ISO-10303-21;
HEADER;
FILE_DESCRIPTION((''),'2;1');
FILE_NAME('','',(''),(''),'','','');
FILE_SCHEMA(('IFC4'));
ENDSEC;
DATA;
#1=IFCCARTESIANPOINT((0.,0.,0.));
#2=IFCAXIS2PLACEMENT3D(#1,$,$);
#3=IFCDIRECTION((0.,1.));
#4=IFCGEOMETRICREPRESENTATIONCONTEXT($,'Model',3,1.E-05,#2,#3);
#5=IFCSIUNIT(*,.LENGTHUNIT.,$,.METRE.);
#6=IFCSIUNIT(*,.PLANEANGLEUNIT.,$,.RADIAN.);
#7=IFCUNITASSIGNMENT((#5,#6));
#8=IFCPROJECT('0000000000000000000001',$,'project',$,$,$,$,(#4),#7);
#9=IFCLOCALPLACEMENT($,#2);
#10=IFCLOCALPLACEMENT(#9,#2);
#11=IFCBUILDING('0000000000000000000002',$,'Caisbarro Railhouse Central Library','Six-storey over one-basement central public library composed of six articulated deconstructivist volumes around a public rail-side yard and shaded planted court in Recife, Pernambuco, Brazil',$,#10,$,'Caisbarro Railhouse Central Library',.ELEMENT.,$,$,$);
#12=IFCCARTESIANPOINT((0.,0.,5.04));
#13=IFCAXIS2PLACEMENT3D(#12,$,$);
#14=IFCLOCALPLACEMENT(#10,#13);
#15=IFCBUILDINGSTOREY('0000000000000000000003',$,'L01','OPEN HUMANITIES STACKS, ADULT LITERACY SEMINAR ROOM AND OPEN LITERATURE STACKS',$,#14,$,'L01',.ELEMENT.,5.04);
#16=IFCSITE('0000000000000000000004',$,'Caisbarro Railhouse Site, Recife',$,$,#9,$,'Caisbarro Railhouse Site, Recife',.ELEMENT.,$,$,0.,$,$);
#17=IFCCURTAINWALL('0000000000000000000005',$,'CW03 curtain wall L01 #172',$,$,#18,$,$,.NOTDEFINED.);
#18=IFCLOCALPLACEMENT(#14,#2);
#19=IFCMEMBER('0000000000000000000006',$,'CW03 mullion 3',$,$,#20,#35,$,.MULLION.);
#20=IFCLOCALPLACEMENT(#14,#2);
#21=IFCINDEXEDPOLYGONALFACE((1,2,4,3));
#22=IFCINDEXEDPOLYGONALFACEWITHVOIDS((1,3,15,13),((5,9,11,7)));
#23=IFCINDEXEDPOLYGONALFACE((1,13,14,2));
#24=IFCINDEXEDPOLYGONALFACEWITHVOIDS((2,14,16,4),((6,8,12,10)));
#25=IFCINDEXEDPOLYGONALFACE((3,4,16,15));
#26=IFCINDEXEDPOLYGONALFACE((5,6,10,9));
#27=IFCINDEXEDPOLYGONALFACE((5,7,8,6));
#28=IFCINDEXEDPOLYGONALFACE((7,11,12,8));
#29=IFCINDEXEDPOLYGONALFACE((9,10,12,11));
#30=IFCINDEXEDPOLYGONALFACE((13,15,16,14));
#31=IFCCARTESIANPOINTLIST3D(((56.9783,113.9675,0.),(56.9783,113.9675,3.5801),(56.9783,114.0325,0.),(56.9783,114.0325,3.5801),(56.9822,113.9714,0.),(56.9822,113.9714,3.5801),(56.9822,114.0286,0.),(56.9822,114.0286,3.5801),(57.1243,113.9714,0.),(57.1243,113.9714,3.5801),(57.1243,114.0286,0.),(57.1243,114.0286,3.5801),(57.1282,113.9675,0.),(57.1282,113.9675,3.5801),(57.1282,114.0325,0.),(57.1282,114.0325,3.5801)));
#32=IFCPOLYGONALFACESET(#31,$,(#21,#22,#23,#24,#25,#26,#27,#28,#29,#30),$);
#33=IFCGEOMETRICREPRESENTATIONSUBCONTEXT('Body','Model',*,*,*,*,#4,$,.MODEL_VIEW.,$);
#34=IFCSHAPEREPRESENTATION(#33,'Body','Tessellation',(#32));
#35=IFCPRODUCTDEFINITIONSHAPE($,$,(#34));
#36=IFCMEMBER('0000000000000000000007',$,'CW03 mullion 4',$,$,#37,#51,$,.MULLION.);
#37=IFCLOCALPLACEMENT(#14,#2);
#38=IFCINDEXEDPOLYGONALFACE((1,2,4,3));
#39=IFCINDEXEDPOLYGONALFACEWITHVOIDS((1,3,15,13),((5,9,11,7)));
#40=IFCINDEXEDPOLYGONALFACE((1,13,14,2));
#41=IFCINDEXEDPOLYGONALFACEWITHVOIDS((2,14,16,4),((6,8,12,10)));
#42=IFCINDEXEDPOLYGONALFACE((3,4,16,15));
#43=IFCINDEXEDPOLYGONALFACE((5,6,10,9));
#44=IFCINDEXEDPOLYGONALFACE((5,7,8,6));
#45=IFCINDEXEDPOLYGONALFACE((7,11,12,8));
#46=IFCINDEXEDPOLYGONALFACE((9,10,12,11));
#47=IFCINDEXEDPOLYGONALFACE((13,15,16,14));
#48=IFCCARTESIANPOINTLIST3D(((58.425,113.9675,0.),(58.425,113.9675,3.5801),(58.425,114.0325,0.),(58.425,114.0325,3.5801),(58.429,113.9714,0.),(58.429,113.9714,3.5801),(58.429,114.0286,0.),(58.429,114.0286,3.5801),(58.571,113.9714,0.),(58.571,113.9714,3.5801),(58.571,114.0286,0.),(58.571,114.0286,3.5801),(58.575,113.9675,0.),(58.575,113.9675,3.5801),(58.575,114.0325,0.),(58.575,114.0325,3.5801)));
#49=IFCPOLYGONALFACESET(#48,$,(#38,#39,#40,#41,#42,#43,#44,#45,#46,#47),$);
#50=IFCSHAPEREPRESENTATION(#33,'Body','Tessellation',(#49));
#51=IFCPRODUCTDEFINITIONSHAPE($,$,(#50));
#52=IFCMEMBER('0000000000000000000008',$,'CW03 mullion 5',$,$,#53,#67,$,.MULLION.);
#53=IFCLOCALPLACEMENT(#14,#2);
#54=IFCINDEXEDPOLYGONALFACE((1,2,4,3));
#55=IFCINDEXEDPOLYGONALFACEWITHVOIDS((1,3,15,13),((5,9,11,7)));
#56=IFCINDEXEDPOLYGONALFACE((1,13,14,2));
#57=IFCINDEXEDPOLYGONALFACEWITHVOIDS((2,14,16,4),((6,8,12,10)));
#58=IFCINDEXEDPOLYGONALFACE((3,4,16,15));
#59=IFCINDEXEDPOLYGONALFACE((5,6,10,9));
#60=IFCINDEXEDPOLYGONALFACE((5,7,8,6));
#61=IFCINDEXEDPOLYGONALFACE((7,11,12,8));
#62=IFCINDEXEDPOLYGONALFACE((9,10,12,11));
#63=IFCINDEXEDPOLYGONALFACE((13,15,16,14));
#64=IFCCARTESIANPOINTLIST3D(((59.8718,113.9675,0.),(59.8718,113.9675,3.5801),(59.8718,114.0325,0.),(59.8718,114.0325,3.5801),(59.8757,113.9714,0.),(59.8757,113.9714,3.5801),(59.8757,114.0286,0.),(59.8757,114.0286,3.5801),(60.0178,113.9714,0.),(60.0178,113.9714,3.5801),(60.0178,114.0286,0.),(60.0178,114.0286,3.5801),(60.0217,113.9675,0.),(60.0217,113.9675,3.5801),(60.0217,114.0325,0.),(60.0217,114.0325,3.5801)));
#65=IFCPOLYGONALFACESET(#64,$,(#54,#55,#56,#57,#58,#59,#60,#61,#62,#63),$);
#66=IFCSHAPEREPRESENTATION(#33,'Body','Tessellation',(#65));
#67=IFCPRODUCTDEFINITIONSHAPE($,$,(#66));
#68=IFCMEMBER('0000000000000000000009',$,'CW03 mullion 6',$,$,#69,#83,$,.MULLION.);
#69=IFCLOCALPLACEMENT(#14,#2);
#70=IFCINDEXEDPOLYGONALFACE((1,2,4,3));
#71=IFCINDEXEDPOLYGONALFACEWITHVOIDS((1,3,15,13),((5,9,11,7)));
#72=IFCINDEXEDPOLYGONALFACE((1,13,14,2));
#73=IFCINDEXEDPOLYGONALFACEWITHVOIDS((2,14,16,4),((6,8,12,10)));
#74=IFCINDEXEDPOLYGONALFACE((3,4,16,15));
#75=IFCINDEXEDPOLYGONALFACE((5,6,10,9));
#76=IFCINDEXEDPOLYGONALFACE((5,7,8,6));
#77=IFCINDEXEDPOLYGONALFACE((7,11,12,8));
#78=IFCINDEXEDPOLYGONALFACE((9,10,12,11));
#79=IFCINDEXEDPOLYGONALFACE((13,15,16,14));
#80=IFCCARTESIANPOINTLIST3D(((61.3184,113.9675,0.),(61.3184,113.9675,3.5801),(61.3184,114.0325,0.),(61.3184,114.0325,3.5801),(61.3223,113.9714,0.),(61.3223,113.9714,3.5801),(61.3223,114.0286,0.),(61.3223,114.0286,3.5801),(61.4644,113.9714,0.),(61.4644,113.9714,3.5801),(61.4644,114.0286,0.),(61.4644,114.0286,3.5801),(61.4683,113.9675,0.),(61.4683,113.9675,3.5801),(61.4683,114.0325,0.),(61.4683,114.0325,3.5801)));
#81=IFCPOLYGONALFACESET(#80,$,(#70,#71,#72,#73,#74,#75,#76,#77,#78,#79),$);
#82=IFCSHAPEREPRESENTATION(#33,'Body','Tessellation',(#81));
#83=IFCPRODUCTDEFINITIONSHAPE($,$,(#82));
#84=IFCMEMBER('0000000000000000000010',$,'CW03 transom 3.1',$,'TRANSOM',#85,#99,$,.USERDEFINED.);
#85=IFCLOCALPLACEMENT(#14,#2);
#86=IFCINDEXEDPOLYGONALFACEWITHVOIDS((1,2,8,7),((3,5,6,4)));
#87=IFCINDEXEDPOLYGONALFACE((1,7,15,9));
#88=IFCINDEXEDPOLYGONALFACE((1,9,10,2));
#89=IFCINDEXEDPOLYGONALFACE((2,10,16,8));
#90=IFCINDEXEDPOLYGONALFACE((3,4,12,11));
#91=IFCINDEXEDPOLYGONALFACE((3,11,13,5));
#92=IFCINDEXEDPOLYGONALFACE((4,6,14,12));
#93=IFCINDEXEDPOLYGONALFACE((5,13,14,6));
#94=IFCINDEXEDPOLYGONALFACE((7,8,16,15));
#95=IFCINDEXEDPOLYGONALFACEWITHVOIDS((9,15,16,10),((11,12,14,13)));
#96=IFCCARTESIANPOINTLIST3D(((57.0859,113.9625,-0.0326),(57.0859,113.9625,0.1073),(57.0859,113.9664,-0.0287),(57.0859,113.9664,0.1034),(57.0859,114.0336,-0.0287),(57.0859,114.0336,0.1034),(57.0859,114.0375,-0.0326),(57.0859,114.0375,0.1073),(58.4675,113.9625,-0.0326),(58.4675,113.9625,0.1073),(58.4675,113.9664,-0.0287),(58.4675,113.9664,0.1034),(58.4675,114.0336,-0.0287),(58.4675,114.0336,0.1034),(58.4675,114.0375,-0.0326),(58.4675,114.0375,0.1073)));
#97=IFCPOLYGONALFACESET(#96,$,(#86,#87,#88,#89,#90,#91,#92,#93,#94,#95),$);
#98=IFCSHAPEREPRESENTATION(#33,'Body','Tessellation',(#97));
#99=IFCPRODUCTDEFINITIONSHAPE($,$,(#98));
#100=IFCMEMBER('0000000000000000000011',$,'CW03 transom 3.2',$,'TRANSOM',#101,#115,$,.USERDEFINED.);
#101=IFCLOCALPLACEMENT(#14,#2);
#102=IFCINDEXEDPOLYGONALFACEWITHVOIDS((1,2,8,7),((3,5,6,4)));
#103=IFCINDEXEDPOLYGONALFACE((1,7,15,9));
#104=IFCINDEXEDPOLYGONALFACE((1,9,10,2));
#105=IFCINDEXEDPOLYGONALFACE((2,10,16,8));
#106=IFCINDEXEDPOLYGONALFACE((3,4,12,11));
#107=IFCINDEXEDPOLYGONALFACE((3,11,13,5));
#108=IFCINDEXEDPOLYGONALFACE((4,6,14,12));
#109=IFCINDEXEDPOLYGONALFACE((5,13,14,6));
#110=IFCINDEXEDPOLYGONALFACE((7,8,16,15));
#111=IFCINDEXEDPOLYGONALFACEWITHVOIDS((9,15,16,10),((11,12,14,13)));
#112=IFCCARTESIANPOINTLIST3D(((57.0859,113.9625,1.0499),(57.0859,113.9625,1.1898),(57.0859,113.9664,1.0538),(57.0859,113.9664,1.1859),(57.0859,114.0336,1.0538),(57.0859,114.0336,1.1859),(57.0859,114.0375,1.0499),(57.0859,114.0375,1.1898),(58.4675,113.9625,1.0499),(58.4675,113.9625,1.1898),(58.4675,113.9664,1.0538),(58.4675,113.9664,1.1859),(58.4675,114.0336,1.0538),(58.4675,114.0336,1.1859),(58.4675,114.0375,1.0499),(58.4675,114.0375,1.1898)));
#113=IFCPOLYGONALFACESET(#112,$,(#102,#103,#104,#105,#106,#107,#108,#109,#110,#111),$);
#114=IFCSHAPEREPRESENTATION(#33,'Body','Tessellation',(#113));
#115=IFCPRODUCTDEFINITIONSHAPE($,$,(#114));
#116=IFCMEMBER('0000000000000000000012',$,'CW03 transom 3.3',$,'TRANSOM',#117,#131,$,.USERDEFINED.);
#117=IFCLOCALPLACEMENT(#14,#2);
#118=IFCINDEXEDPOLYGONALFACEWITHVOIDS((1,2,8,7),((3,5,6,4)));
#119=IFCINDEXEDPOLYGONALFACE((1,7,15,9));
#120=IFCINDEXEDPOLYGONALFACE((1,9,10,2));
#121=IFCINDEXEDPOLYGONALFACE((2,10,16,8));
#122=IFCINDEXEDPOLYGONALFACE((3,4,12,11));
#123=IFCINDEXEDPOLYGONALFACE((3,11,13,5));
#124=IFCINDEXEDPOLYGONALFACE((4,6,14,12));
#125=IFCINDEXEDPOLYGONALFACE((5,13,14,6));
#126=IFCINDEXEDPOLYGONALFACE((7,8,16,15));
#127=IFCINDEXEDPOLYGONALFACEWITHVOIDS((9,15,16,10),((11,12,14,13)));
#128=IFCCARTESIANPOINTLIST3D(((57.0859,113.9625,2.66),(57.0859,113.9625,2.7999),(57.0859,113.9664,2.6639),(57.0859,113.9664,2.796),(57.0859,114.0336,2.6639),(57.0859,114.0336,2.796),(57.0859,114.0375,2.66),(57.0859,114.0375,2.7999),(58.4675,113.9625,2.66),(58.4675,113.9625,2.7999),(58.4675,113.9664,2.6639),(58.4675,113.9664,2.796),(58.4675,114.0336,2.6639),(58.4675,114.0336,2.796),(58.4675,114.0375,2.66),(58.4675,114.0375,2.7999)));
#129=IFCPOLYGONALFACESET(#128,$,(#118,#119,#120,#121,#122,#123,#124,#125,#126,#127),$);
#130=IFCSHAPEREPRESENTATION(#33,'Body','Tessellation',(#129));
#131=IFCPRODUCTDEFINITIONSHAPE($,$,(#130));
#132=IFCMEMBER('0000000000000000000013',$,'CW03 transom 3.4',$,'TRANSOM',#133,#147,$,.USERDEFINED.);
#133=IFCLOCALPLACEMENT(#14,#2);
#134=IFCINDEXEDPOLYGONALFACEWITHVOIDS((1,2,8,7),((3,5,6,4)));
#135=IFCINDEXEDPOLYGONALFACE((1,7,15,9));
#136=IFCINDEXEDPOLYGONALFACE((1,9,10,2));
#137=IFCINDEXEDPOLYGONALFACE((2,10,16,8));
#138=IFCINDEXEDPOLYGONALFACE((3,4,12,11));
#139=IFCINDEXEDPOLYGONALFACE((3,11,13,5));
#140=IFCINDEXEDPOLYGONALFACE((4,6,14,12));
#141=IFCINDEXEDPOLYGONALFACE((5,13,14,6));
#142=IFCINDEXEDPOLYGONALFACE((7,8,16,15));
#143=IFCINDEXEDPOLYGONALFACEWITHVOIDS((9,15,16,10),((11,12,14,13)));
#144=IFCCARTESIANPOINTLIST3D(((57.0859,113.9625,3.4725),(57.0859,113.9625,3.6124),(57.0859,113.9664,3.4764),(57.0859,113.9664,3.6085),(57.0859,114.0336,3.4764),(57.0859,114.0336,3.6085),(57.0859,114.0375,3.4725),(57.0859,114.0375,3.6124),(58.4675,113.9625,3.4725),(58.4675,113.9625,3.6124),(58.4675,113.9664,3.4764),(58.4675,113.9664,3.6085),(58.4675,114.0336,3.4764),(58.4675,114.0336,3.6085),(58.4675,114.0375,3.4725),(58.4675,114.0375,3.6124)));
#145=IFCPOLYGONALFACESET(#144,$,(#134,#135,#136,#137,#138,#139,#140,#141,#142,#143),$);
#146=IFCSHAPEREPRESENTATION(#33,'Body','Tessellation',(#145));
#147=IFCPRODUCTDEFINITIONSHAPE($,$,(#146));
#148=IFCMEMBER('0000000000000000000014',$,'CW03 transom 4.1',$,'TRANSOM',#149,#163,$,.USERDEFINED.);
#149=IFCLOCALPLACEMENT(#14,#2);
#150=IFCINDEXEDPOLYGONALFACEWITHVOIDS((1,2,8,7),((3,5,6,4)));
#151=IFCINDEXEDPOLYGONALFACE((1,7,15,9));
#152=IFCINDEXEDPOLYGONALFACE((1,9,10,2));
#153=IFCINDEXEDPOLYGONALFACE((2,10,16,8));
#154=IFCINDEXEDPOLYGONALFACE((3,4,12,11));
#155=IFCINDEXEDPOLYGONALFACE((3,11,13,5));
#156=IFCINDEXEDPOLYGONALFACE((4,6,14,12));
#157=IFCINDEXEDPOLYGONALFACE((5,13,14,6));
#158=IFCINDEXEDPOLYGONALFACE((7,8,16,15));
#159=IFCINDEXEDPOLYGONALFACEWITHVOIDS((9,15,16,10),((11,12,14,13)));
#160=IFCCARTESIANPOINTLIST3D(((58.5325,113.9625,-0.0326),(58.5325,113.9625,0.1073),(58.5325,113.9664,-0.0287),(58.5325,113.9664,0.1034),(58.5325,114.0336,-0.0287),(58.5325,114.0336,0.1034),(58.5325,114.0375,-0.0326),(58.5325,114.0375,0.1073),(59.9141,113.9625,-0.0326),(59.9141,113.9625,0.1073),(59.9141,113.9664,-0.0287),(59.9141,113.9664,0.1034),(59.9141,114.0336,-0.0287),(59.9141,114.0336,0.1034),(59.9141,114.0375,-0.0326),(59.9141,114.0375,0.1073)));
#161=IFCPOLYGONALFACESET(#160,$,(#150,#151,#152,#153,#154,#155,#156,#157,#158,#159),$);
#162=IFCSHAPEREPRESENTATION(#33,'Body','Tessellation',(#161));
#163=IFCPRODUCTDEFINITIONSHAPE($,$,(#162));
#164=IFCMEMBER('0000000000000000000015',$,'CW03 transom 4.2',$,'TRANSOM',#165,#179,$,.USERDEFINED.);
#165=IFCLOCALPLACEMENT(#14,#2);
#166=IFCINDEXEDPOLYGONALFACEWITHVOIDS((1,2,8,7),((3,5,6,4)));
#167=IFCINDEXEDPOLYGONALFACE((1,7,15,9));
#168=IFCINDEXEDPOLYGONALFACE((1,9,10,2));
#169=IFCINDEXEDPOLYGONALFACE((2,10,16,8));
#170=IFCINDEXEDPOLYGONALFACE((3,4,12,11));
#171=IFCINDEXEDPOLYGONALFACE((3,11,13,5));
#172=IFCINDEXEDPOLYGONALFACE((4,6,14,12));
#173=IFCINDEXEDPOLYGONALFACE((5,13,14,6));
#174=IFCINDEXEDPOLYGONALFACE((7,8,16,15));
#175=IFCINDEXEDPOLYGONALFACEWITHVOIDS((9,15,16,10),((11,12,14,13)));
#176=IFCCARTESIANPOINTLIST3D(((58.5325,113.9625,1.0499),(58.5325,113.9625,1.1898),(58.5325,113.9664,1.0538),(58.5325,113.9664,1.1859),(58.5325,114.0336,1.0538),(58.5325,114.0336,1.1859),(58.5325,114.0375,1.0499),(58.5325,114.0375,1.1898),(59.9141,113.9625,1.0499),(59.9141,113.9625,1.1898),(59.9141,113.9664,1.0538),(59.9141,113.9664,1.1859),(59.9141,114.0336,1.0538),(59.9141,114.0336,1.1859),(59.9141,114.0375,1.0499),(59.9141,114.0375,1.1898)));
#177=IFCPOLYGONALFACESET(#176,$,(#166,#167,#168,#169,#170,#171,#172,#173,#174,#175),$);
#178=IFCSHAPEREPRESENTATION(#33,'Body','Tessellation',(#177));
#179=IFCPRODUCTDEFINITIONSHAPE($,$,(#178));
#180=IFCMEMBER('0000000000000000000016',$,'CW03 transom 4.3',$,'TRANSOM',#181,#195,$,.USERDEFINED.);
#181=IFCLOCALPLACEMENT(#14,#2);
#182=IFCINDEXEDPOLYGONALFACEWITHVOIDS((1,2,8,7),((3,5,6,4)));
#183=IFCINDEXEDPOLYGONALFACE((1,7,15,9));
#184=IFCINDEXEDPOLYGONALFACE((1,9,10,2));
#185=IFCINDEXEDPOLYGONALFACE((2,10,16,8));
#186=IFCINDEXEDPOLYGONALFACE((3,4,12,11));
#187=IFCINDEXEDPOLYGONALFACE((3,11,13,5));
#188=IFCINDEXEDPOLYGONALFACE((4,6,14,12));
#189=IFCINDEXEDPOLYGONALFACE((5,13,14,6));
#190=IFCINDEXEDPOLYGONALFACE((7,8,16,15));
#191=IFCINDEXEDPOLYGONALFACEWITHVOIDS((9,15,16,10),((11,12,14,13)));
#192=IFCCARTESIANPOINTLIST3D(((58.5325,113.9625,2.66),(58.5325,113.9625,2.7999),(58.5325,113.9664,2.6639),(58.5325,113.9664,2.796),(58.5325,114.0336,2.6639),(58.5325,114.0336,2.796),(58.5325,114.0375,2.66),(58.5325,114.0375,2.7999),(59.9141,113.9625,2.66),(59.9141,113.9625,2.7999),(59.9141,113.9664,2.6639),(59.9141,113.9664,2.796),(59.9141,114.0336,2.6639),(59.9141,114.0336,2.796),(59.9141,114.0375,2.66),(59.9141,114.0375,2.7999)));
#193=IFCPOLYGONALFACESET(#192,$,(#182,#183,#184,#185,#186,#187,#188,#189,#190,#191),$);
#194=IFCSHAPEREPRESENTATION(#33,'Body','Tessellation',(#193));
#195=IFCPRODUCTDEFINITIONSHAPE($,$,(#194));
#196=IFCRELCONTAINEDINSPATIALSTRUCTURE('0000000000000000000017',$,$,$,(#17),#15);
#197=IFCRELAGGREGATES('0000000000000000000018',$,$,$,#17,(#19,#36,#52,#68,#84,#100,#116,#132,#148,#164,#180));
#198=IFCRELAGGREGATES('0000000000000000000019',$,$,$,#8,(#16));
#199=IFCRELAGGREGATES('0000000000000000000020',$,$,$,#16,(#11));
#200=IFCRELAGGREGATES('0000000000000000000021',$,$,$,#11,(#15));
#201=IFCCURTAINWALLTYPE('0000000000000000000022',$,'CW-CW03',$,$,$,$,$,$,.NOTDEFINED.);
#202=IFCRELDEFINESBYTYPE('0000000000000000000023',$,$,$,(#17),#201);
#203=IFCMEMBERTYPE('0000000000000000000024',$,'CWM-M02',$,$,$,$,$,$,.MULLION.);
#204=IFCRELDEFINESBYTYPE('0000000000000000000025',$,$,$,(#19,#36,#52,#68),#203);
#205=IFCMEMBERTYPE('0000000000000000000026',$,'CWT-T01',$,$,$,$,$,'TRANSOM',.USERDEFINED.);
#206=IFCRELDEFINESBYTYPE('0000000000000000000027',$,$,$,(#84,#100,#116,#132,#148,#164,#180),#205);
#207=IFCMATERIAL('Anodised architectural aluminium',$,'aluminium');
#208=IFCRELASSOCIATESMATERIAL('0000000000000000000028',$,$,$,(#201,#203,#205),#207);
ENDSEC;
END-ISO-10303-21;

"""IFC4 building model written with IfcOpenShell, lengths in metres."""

from ifc_helpers import new_model, si_unit, direction, frame, origin, origin_2d, place, context, subcontext, project, spatial, hollow_rectangle, extrude, material, material_profile, profile_set, type_object, element, aggregate, save


model = new_model("IFC4")

# Units and contexts
model_context = context("Model", 3, precision=1e-05, world=origin(), true_north=direction((0.0, 1.0)))
body_context = subcontext(model_context, "Body", "Model", "MODEL_VIEW")
ifc_project = project(units=[si_unit("LENGTHUNIT", "METRE"), si_unit("PLANEANGLEUNIT", "RADIAN")], contexts=[model_context])

# Site, building, storey
site_placement = place(None, origin())
site = spatial("IfcSite", under=ifc_project, at=site_placement, Name="Caisbarro Railhouse Site, Recife", LongName="Caisbarro Railhouse Site, Recife", CompositionType="ELEMENT", RefElevation=0.0)
building_placement = place(site_placement, origin())
building = spatial("IfcBuilding", under=site, at=building_placement, Name="Caisbarro Railhouse Central Library", Description="Six-storey over one-basement central public library composed of six articulated deconstructivist volumes around a public rail-side yard and shaded planted court in Recife, Pernambuco, Brazil", LongName="Caisbarro Railhouse Central Library", CompositionType="ELEMENT")
storey_placement = place(building_placement, frame((0.0, 0.0, 5.04)))
storey = spatial("IfcBuildingStorey", under=building, at=storey_placement, Name="L01", Description="OPEN HUMANITIES STACKS, ADULT LITERACY SEMINAR ROOM AND OPEN LITERATURE STACKS", LongName="L01", CompositionType="ELEMENT", Elevation=5.04)

# Curtain wall, members
ifc_material_1 = material(Name="Anodised architectural aluminium", Category="aluminium")
curtain_wall_type = type_object("IfcCurtainWallType", Name="CW-CW03", PredefinedType="NOTDEFINED", material=ifc_material_1)
curtain_wall_placement = place(storey_placement, origin())
curtain_wall = element("IfcCurtainWall", 1, at=curtain_wall_placement, inside=storey, type_object=curtain_wall_type, Name="CW03 curtain wall L01 #172", PredefinedType="NOTDEFINED")
ifc_material_profile_1 = material_profile(ifc_material_1, hollow_rectangle(XDim=0.0649, YDim=0.1499, WallThickness=0.0039, at=origin_2d()), Name="ALU-MUL-65X150")
ifc_profile_set_1 = profile_set([ifc_material_profile_1], Name="Anodised architectural aluminium")
member_type_1 = type_object("IfcMemberType", Name="CWM-M02", PredefinedType="MULLION", material=ifc_profile_set_1)
member_1_placement = place(storey_placement, frame((57.0532, 114.0, 0.0), z_axis=(0.0, 0.0, 1.0), x_axis=(0.0, 1.0, 0.0)))
member_1 = element("IfcMember", 2, at=member_1_placement, type_object=member_type_1, Name="CW03 mullion 3", PredefinedType="MULLION", context=body_context, shape_type="SweptSolid", body=[
    extrude(hollow_rectangle(XDim=0.0649, YDim=0.1499, WallThickness=0.0039, at=origin_2d()), origin(), (0.0, 0.0, 1.0), 3.5801),
])
member_2_placement = place(storey_placement, frame((58.5, 114.0, 0.0), z_axis=(0.0, 0.0, 1.0), x_axis=(0.0, 1.0, 0.0)))
member_2 = element("IfcMember", 3, at=member_2_placement, type_object=member_type_1, Name="CW03 mullion 4", PredefinedType="MULLION", context=body_context, shape_type="SweptSolid", body=[
    extrude(hollow_rectangle(XDim=0.0649, YDim=0.1499, WallThickness=0.0039, at=origin_2d()), origin(), (0.0, 0.0, 1.0), 3.5801),
])
member_3_placement = place(storey_placement, frame((59.9468, 114.0, 0.0), z_axis=(0.0, 0.0, 1.0), x_axis=(0.0, 1.0, 0.0)))
member_3 = element("IfcMember", 4, at=member_3_placement, type_object=member_type_1, Name="CW03 mullion 5", PredefinedType="MULLION", context=body_context, shape_type="SweptSolid", body=[
    extrude(hollow_rectangle(XDim=0.0649, YDim=0.1499, WallThickness=0.0039, at=origin_2d()), origin(), (0.0, 0.0, 1.0), 3.5801),
])
member_4_placement = place(storey_placement, frame((61.3933, 114.0, 0.0), z_axis=(0.0, 0.0, 1.0), x_axis=(0.0, 1.0, 0.0)))
member_4 = element("IfcMember", 5, at=member_4_placement, type_object=member_type_1, Name="CW03 mullion 6", PredefinedType="MULLION", context=body_context, shape_type="SweptSolid", body=[
    extrude(hollow_rectangle(XDim=0.0649, YDim=0.1499, WallThickness=0.0039, at=origin_2d()), origin(), (0.0, 0.0, 1.0), 3.5801),
])
ifc_material_profile_2 = material_profile(ifc_material_1, hollow_rectangle(XDim=0.075, YDim=0.1399, WallThickness=0.0039, at=origin_2d()), Name="ALU-TRN-75X140")
ifc_profile_set_2 = profile_set([ifc_material_profile_2], Name="Anodised architectural aluminium")
member_type_2 = type_object("IfcMemberType", Name="CWT-T01", ElementType="TRANSOM", PredefinedType="USERDEFINED", material=ifc_profile_set_2)
member_5_placement = place(storey_placement, frame((57.0859, 114.0, 0.0374), z_axis=(1.0, 0.0, 0.0), x_axis=(0.0, 1.0, 0.0)))
member_5 = element("IfcMember", 6, at=member_5_placement, type_object=member_type_2, Name="CW03 transom 3.1", ObjectType="TRANSOM", PredefinedType="USERDEFINED", context=body_context, shape_type="SweptSolid", body=[
    extrude(hollow_rectangle(XDim=0.075, YDim=0.1399, WallThickness=0.0039, at=origin_2d()), origin(), (0.0, 0.0, 1.0), 1.3816),
])
member_6_placement = place(storey_placement, frame((57.0859, 114.0, 1.1199), z_axis=(1.0, 0.0, 0.0), x_axis=(0.0, 1.0, 0.0)))
member_6 = element("IfcMember", 7, at=member_6_placement, type_object=member_type_2, Name="CW03 transom 3.2", ObjectType="TRANSOM", PredefinedType="USERDEFINED", context=body_context, shape_type="SweptSolid", body=[
    extrude(hollow_rectangle(XDim=0.075, YDim=0.1399, WallThickness=0.0039, at=origin_2d()), origin(), (0.0, 0.0, 1.0), 1.3816),
])
member_7_placement = place(storey_placement, frame((57.0859, 114.0, 2.73), z_axis=(1.0, 0.0, 0.0), x_axis=(0.0, 1.0, 0.0)))
member_7 = element("IfcMember", 8, at=member_7_placement, type_object=member_type_2, Name="CW03 transom 3.3", ObjectType="TRANSOM", PredefinedType="USERDEFINED", context=body_context, shape_type="SweptSolid", body=[
    extrude(hollow_rectangle(XDim=0.075, YDim=0.1399, WallThickness=0.0039, at=origin_2d()), origin(), (0.0, 0.0, 1.0), 1.3816),
])
member_8_placement = place(storey_placement, frame((57.0859, 114.0, 3.5425), z_axis=(1.0, 0.0, 0.0), x_axis=(0.0, 1.0, 0.0)))
member_8 = element("IfcMember", 9, at=member_8_placement, type_object=member_type_2, Name="CW03 transom 3.4", ObjectType="TRANSOM", PredefinedType="USERDEFINED", context=body_context, shape_type="SweptSolid", body=[
    extrude(hollow_rectangle(XDim=0.075, YDim=0.1399, WallThickness=0.0039, at=origin_2d()), origin(), (0.0, 0.0, 1.0), 1.3816),
])
member_9_placement = place(storey_placement, frame((58.5325, 114.0, 0.0374), z_axis=(1.0, 0.0, 0.0), x_axis=(0.0, 1.0, 0.0)))
member_9 = element("IfcMember", 10, at=member_9_placement, type_object=member_type_2, Name="CW03 transom 4.1", ObjectType="TRANSOM", PredefinedType="USERDEFINED", context=body_context, shape_type="SweptSolid", body=[
    extrude(hollow_rectangle(XDim=0.075, YDim=0.1399, WallThickness=0.0039, at=origin_2d()), origin(), (0.0, 0.0, 1.0), 1.3816),
])
member_10_placement = place(storey_placement, frame((58.5325, 114.0, 1.1199), z_axis=(1.0, 0.0, 0.0), x_axis=(0.0, 1.0, 0.0)))
member_10 = element("IfcMember", 11, at=member_10_placement, type_object=member_type_2, Name="CW03 transom 4.2", ObjectType="TRANSOM", PredefinedType="USERDEFINED", context=body_context, shape_type="SweptSolid", body=[
    extrude(hollow_rectangle(XDim=0.075, YDim=0.1399, WallThickness=0.0039, at=origin_2d()), origin(), (0.0, 0.0, 1.0), 1.3816),
])
member_11_placement = place(storey_placement, frame((58.5325, 114.0, 2.73), z_axis=(1.0, 0.0, 0.0), x_axis=(0.0, 1.0, 0.0)))
member_11 = element("IfcMember", 12, at=member_11_placement, type_object=member_type_2, Name="CW03 transom 4.3", ObjectType="TRANSOM", PredefinedType="USERDEFINED", context=body_context, shape_type="SweptSolid", body=[
    extrude(hollow_rectangle(XDim=0.075, YDim=0.1399, WallThickness=0.0039, at=origin_2d()), origin(), (0.0, 0.0, 1.0), 1.3816),
])
aggregate(curtain_wall, [member_1, member_2, member_3, member_4, member_5, member_6, member_7, member_8, member_9, member_10, member_11])

save(model, "model.ifc")
